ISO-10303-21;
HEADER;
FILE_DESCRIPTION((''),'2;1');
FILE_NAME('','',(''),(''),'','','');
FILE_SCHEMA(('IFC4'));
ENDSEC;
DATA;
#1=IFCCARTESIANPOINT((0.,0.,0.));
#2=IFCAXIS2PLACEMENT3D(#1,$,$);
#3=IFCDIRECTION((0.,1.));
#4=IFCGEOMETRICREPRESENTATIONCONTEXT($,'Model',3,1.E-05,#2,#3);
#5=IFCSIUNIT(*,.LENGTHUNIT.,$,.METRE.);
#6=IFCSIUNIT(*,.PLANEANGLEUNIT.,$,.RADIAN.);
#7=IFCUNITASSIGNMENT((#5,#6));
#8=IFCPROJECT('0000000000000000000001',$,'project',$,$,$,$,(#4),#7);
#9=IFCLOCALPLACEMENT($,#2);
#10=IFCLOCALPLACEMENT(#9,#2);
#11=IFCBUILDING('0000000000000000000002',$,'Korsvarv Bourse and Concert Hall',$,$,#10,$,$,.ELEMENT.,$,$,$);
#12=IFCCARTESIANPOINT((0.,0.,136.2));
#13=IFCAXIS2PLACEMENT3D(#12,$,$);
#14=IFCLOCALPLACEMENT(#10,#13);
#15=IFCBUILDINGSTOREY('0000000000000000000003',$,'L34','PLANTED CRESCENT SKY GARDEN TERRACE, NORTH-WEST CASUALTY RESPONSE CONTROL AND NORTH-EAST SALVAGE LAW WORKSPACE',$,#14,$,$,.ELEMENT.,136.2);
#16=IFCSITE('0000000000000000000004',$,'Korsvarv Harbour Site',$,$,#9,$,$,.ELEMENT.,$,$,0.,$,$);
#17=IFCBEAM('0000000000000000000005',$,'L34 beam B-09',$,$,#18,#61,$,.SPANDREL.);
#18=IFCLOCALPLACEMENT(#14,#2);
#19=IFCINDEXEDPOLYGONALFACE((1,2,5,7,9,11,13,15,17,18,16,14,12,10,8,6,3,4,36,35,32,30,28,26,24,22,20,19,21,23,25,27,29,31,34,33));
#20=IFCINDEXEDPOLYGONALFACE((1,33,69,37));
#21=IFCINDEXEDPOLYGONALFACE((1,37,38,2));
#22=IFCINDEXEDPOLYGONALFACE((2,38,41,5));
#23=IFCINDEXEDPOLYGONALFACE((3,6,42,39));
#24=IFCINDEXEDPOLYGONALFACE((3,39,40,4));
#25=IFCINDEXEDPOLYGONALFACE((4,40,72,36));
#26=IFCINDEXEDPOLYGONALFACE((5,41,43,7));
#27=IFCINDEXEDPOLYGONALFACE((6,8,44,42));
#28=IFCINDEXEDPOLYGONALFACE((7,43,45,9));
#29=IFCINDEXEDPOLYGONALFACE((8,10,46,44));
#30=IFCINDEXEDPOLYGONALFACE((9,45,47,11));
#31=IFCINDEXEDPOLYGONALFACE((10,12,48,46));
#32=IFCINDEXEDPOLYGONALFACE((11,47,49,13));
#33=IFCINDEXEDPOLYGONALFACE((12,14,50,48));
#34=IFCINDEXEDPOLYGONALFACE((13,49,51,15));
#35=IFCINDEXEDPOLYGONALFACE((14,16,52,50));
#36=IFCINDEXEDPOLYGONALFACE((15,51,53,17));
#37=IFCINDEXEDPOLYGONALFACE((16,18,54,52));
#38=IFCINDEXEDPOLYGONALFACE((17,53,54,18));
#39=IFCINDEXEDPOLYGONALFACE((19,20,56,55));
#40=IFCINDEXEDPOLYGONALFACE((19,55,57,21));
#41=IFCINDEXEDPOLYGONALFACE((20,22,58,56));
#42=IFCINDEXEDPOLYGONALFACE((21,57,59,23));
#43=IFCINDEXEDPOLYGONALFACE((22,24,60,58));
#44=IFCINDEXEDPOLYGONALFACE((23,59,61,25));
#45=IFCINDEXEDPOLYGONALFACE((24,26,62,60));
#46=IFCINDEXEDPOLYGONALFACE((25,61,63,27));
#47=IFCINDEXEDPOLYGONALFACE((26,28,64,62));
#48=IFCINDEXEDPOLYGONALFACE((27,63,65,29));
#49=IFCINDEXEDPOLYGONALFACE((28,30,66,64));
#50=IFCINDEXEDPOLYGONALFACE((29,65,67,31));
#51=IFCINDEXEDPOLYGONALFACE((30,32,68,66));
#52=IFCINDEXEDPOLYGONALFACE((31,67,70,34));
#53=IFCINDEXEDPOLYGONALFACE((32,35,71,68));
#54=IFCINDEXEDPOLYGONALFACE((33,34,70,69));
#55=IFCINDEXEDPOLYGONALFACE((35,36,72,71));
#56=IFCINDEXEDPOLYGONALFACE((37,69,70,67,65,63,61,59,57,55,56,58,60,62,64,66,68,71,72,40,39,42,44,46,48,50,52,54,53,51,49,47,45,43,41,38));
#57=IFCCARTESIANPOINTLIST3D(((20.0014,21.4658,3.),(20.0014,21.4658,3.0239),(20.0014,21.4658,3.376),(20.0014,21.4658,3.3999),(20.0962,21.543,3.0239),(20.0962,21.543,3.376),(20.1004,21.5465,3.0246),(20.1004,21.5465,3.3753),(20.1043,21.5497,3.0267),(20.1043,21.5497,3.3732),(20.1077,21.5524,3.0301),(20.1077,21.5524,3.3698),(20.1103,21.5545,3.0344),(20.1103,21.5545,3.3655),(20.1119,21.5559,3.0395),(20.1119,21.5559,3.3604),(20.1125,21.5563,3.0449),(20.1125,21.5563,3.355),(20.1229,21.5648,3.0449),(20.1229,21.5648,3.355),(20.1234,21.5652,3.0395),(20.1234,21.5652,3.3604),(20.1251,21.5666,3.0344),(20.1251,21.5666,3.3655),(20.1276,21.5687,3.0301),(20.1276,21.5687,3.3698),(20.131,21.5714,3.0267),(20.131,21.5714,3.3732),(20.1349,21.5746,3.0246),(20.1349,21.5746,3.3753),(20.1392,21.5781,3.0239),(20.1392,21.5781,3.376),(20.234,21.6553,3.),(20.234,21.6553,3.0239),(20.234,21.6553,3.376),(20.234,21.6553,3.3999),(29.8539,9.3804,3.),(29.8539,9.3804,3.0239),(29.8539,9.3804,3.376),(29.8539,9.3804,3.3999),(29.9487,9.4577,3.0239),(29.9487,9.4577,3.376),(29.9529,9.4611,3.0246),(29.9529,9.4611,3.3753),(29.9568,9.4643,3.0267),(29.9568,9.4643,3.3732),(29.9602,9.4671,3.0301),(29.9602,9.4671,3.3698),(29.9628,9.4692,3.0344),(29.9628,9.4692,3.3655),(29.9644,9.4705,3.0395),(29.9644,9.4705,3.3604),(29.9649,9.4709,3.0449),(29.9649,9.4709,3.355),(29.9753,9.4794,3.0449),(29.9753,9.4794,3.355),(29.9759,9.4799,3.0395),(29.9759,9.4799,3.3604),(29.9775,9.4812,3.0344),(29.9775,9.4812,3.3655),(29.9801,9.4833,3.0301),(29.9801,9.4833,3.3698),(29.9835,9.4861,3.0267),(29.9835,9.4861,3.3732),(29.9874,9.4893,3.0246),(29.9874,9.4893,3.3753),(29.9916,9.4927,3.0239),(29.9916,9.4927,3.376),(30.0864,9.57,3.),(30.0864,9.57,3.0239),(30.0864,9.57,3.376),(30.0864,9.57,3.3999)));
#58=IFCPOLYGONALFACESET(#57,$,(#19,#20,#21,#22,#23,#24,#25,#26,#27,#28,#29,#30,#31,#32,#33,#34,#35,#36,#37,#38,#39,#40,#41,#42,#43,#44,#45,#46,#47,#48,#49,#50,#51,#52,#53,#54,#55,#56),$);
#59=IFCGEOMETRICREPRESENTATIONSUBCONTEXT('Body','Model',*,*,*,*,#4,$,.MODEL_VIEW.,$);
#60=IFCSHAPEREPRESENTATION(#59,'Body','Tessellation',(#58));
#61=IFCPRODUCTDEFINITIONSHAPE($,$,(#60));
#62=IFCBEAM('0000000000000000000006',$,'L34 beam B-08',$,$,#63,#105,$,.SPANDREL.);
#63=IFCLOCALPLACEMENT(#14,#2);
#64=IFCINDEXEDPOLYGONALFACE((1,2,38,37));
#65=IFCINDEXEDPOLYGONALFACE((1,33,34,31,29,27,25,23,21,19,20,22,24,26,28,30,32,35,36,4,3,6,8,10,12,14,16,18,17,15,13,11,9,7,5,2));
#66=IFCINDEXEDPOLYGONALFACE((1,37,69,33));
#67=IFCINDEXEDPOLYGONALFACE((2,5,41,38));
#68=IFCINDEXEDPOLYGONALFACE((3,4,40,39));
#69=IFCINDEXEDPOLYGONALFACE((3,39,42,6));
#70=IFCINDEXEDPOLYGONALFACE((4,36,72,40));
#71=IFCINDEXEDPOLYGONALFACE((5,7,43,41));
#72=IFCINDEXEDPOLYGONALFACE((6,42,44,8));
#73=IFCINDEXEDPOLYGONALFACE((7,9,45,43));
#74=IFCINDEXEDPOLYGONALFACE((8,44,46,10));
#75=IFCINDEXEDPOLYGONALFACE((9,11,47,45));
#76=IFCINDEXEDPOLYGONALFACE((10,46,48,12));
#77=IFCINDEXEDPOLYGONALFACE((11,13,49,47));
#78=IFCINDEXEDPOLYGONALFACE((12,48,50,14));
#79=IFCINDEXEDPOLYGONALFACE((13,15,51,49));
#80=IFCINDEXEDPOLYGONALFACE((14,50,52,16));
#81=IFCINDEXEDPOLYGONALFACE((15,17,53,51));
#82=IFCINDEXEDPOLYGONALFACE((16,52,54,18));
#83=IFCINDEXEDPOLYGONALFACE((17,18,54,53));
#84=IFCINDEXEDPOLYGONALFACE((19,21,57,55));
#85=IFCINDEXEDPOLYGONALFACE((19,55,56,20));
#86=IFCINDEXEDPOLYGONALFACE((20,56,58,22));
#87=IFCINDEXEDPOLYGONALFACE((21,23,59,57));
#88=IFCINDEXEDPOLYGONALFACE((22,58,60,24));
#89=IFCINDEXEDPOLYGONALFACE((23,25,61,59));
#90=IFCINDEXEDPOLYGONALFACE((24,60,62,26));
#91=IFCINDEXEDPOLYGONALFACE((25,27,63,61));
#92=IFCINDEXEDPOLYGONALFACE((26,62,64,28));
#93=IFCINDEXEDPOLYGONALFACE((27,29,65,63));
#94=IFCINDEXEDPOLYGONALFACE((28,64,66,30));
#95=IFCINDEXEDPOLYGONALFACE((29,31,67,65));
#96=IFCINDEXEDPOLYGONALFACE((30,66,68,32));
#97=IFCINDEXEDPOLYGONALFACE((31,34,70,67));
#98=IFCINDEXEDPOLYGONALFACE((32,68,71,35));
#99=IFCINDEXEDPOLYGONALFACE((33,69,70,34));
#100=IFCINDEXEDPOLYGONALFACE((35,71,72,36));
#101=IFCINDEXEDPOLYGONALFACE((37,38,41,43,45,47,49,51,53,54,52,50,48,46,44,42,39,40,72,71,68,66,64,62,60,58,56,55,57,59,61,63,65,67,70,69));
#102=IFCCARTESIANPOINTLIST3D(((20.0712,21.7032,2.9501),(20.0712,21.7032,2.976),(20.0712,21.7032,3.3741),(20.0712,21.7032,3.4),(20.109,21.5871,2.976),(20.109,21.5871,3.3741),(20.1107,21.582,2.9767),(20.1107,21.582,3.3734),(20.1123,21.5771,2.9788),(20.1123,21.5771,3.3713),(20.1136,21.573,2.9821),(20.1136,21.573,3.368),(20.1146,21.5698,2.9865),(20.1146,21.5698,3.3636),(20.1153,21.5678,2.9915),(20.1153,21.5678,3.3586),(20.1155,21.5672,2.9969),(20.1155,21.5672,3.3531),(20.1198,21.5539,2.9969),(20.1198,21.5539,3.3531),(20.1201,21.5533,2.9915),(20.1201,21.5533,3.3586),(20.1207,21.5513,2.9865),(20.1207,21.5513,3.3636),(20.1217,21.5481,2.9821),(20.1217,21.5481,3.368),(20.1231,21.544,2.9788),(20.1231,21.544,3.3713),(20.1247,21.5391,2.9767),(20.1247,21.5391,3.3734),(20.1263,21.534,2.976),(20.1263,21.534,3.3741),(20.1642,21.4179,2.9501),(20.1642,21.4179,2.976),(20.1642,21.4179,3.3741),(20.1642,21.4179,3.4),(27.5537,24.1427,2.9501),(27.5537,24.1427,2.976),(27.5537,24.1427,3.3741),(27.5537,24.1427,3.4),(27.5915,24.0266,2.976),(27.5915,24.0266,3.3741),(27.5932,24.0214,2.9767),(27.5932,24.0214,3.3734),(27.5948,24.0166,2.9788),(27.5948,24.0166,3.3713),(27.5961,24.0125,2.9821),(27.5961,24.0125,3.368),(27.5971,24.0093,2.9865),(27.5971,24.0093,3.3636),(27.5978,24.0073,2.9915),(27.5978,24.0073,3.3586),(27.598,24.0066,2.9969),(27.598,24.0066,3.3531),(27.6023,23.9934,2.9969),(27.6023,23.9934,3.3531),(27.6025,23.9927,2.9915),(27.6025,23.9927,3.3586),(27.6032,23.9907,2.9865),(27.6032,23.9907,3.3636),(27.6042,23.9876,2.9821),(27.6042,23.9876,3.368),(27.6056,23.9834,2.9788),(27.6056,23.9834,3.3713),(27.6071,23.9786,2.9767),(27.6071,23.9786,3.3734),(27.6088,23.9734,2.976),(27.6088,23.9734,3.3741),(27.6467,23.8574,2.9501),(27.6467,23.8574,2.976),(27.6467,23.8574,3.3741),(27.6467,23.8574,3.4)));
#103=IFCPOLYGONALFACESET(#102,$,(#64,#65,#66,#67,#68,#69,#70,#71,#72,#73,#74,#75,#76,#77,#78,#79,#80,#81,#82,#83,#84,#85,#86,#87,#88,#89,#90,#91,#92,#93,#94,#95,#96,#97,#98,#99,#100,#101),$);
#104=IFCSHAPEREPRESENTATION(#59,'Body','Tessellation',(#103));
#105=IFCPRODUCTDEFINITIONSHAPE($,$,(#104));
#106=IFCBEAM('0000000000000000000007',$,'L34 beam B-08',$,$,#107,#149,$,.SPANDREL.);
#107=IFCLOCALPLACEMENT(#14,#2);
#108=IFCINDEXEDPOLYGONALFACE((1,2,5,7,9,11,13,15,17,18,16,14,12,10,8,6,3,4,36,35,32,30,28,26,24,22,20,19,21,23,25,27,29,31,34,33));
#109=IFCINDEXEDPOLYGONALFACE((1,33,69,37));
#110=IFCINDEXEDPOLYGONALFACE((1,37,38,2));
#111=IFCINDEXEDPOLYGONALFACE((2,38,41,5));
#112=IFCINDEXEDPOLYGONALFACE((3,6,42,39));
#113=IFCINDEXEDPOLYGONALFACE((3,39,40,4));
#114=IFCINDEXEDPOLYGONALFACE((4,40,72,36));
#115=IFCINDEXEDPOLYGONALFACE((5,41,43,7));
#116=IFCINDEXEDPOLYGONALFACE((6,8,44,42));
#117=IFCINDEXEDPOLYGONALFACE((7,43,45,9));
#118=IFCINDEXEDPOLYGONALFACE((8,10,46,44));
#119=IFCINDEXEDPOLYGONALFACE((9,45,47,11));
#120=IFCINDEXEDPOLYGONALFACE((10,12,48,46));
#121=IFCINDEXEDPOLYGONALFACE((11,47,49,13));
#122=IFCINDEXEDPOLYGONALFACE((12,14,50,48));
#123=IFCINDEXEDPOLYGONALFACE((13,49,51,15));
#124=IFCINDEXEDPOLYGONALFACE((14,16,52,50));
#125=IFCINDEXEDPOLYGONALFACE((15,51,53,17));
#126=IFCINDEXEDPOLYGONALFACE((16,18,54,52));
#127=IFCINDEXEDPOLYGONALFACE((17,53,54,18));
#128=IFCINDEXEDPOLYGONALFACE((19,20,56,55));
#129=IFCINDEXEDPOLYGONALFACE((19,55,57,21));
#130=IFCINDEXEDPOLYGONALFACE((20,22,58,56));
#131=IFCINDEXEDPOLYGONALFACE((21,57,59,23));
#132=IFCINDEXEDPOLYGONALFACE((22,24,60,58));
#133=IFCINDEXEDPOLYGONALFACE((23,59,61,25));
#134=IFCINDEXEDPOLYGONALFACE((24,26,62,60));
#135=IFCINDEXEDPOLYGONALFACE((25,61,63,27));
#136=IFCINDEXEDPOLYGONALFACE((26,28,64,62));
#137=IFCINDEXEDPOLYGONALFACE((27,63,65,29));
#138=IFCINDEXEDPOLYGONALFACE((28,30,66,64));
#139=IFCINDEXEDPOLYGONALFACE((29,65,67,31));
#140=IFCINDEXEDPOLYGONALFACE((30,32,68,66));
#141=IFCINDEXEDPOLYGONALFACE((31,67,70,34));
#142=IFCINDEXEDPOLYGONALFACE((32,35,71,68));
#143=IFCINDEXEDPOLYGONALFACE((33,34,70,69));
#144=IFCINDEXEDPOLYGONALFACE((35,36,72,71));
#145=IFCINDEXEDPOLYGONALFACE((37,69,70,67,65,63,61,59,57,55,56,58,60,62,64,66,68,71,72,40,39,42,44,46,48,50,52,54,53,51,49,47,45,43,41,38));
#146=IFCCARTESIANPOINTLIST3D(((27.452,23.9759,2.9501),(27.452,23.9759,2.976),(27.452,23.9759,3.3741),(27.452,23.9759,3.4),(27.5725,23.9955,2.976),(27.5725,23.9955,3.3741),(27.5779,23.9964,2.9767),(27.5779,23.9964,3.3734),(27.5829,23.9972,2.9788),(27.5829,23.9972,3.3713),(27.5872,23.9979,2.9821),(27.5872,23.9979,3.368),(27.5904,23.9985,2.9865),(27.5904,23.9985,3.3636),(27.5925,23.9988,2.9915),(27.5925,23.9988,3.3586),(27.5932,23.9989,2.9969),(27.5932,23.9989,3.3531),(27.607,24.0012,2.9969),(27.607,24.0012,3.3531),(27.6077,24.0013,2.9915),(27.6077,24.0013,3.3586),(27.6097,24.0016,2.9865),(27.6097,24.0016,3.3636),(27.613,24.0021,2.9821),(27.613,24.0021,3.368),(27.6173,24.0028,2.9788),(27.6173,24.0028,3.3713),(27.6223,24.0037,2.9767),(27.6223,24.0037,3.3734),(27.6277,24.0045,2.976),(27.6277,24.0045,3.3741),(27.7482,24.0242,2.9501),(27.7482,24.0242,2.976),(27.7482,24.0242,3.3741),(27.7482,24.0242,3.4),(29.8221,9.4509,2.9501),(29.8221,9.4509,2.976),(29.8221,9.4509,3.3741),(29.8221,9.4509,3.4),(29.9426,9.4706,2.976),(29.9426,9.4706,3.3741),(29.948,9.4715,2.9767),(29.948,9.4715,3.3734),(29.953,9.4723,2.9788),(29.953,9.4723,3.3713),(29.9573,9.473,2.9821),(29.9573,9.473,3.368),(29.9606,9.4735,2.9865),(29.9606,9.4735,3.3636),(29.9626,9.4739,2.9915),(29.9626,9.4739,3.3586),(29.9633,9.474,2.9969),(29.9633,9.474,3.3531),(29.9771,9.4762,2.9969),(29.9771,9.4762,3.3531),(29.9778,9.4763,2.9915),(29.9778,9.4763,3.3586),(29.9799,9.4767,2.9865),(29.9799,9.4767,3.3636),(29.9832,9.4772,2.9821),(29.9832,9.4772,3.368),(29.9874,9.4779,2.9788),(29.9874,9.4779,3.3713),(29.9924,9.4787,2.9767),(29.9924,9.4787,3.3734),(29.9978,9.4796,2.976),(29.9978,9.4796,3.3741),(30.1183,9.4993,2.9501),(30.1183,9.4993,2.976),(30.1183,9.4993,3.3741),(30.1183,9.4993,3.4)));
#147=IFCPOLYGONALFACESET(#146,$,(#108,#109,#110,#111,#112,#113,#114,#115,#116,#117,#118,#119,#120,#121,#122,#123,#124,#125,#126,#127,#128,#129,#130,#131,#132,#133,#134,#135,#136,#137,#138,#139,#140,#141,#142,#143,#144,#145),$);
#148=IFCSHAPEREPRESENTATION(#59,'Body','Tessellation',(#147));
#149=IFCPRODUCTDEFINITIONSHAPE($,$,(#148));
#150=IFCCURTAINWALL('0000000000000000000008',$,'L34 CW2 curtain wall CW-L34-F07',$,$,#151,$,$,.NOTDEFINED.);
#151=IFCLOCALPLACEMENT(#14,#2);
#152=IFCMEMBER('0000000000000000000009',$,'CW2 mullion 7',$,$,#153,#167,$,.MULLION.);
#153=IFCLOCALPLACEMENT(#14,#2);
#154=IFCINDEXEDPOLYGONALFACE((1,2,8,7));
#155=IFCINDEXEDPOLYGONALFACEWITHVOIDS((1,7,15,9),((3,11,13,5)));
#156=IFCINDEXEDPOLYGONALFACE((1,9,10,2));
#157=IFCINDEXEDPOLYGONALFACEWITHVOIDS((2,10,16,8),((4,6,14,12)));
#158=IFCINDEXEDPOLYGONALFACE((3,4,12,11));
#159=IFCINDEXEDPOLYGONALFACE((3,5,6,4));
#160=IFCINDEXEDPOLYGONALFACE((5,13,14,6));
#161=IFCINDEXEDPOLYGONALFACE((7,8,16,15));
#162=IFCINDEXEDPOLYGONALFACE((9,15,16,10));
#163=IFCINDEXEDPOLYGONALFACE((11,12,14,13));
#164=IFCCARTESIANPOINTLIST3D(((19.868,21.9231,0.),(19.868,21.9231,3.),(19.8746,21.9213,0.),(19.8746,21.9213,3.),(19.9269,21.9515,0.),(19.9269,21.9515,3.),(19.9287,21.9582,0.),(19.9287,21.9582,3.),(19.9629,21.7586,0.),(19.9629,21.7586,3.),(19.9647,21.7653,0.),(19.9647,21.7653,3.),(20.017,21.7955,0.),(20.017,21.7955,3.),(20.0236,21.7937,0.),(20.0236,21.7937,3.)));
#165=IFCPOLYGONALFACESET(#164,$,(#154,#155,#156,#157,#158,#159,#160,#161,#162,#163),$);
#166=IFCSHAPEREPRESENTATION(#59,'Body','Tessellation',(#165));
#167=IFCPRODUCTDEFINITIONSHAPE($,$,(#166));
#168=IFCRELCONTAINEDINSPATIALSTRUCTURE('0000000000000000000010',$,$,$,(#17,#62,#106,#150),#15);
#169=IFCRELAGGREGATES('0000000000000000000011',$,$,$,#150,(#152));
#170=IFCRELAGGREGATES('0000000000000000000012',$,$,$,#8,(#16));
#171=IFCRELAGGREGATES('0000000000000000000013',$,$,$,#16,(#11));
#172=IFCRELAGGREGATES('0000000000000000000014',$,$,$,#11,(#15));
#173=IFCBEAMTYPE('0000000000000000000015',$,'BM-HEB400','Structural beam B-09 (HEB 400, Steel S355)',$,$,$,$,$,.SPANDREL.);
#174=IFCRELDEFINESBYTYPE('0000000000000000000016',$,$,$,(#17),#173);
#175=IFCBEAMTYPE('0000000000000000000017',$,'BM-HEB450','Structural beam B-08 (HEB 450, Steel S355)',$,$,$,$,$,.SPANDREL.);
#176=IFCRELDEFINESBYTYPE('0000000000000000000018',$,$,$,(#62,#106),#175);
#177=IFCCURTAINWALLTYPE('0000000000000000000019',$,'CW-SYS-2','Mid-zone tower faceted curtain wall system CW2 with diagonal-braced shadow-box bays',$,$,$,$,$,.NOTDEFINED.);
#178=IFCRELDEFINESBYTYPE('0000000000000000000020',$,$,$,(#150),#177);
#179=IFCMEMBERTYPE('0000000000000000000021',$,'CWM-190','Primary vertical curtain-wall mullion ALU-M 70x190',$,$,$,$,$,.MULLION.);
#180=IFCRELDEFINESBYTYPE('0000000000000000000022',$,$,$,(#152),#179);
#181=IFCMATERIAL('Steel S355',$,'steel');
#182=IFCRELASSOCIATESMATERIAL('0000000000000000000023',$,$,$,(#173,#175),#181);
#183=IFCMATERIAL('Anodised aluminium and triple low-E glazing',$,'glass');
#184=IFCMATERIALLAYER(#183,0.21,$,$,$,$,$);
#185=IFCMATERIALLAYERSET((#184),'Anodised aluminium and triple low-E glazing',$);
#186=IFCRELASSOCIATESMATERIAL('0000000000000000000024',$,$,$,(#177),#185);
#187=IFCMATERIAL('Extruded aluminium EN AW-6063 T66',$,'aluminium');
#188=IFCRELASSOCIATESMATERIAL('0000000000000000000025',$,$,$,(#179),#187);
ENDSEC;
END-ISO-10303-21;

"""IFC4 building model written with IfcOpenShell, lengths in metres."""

from ifc_helpers import new_model, si_unit, direction, frame, origin, origin_2d, place, context, subcontext, project, spatial, hollow_rectangle, i_section, extrude, source, transform, mapped, material, layer, layer_set, material_profile, profile_set, type_object, element, aggregate, save


model = new_model("IFC4")

# Units and contexts
model_context = context("Model", 3, precision=1e-05, world=origin(), true_north=direction((0.0, 1.0)))
body_context = subcontext(model_context, "Body", "Model", "MODEL_VIEW")
ifc_project = project(units=[si_unit("LENGTHUNIT", "METRE"), si_unit("PLANEANGLEUNIT", "RADIAN")], contexts=[model_context])

# Site, building, storey
site_placement = place(None, origin())
site = spatial("IfcSite", under=ifc_project, at=site_placement, Name="Korsvarv Harbour Site", CompositionType="ELEMENT", RefElevation=0.0)
building_placement = place(site_placement, origin())
building = spatial("IfcBuilding", under=site, at=building_placement, Name="Korsvarv Bourse and Concert Hall", CompositionType="ELEMENT")
storey_placement = place(building_placement, frame((0.0, 0.0, 136.2)))
storey = spatial("IfcBuildingStorey", under=building, at=storey_placement, Name="L34", Description="PLANTED CRESCENT SKY GARDEN TERRACE, NORTH-WEST CASUALTY RESPONSE CONTROL AND NORTH-EAST SALVAGE LAW WORKSPACE", CompositionType="ELEMENT", Elevation=136.2)

# Shared definitions
ifc_material_1 = material(Name="Steel S355", Category="steel")

# Beams
ifc_material_profile_1 = material_profile(ifc_material_1, i_section(OverallWidth=0.3, OverallDepth=0.3999, WebThickness=0.0134, FlangeThickness=0.0239, FilletRadius=0.021, at=origin_2d()), Name="HEB 400")
ifc_profile_set_1 = profile_set([ifc_material_profile_1], Name="Steel S355")
beam_type_1 = type_object("IfcBeamType", Name="BM-HEB400", Description="Structural beam B-09 (HEB 400, Steel S355)", PredefinedType="SPANDREL", material=ifc_profile_set_1)
shared_shape_1 = source(origin(), body_context, "Body", "SweptSolid", [
    extrude(i_section(OverallWidth=0.3, OverallDepth=0.3999, WebThickness=0.0134, FlangeThickness=0.0239, FilletRadius=0.021, at=origin_2d()), origin(), (0.0, 0.0, 1.0), 15.5925),
])
beam_1_placement = place(storey_placement, frame((20.1177, 21.5605, 3.2), z_axis=(0.631871, -0.775074, 0.0), x_axis=(0.775074, 0.631871, 0.0)))
element("IfcBeam", 1, at=beam_1_placement, inside=storey, type_object=beam_type_1, Name="L34 beam B-09", PredefinedType="SPANDREL", context=body_context, shape_type="MappedRepresentation", body=[
    mapped(shared_shape_1, transform((0.0, 0.0, 0.0), scale=1.0)),
])
ifc_material_profile_2 = material_profile(ifc_material_1, i_section(OverallWidth=0.3, OverallDepth=0.45, WebThickness=0.0139, FlangeThickness=0.0259, FilletRadius=0.021, at=origin_2d()), Name="HEB 450")
ifc_profile_set_2 = profile_set([ifc_material_profile_2], Name="Steel S355")
beam_type_2 = type_object("IfcBeamType", Name="BM-HEB450", Description="Structural beam B-08 (HEB 450, Steel S355)", PredefinedType="SPANDREL", material=ifc_profile_set_2)
shared_shape_2 = source(origin(), body_context, "Body", "SweptSolid", [
    extrude(i_section(OverallWidth=0.3, OverallDepth=0.45, WebThickness=0.0139, FlangeThickness=0.0259, FilletRadius=0.021, at=origin_2d()), origin(), (0.0, 0.0, 1.0), 7.8701),
])
beam_2_placement = place(storey_placement, frame((20.1177, 21.5605, 3.175), z_axis=(0.950747, 0.309967, 0.0), x_axis=(-0.309967, 0.950747, 0.0)))
element("IfcBeam", 2, at=beam_2_placement, inside=storey, type_object=beam_type_2, Name="L34 beam B-08", PredefinedType="SPANDREL", context=body_context, shape_type="MappedRepresentation", body=[
    mapped(shared_shape_2, transform((0.0, 0.0, 0.0), scale=1.0)),
])
shared_shape_3 = source(origin(), body_context, "Body", "SweptSolid", [
    extrude(i_section(OverallWidth=0.3, OverallDepth=0.45, WebThickness=0.0139, FlangeThickness=0.0259, FilletRadius=0.021, at=origin_2d()), origin(), (0.0, 0.0, 1.0), 14.717),
])
beam_3_placement = place(storey_placement, frame((29.9702, 9.4751, 3.175), z_axis=(-0.161046, 0.986947, 0.0), x_axis=(-0.986947, -0.161046, 0.0)))
element("IfcBeam", 3, at=beam_3_placement, inside=storey, type_object=beam_type_2, Name="L34 beam B-08", PredefinedType="SPANDREL", context=body_context, shape_type="MappedRepresentation", body=[
    mapped(shared_shape_3, transform((0.0, 0.0, 0.0), scale=1.0)),
])

# Curtain wall, member
ifc_material_2 = material(Name="Anodised aluminium and triple low-E glazing", Category="glass")
ifc_layer_1 = layer(ifc_material_2, 0.21)
ifc_layer_set_1 = layer_set([ifc_layer_1], Name="Anodised aluminium and triple low-E glazing")
curtain_wall_type = type_object("IfcCurtainWallType", Name="CW-SYS-2", Description="Mid-zone tower faceted curtain wall system CW2 with diagonal-braced shadow-box bays", PredefinedType="NOTDEFINED", material=ifc_layer_set_1)
curtain_wall_placement = place(storey_placement, origin())
curtain_wall = element("IfcCurtainWall", 4, at=curtain_wall_placement, inside=storey, type_object=curtain_wall_type, Name="L34 CW2 curtain wall CW-L34-F07", PredefinedType="NOTDEFINED")
ifc_material_3 = material(Name="Extruded aluminium EN AW-6063 T66", Category="aluminium")
ifc_material_profile_3 = material_profile(ifc_material_3, hollow_rectangle(XDim=0.0701, YDim=0.1899, WallThickness=0.0049, at=origin_2d()), Name="ALU-M 70x190")
ifc_profile_set_3 = profile_set([ifc_material_profile_3], Name="Extruded aluminium EN AW-6063 T66")
member_type = type_object("IfcMemberType", Name="CWM-190", Description="Primary vertical curtain-wall mullion ALU-M 70x190", PredefinedType="MULLION", material=ifc_profile_set_3)
shared_shape_4 = source(origin(), body_context, "Body", "SweptSolid", [
    extrude(hollow_rectangle(XDim=0.0701, YDim=0.1899, WallThickness=0.0049, at=origin_2d()), origin(), (0.0, 0.0, 1.0), 3.0),
])
member_placement = place(storey_placement, frame((19.9458, 21.8584, 0.0), z_axis=(0.0, 0.0, 1.0), x_axis=(0.866025, 0.5, 0.0)))
member = element("IfcMember", 5, at=member_placement, type_object=member_type, Name="CW2 mullion 7", PredefinedType="MULLION", context=body_context, shape_type="MappedRepresentation", body=[
    mapped(shared_shape_4, transform((0.0, 0.0, 0.0), scale=1.0)),
])
aggregate(curtain_wall, [member])

save(model, "model.ifc")
